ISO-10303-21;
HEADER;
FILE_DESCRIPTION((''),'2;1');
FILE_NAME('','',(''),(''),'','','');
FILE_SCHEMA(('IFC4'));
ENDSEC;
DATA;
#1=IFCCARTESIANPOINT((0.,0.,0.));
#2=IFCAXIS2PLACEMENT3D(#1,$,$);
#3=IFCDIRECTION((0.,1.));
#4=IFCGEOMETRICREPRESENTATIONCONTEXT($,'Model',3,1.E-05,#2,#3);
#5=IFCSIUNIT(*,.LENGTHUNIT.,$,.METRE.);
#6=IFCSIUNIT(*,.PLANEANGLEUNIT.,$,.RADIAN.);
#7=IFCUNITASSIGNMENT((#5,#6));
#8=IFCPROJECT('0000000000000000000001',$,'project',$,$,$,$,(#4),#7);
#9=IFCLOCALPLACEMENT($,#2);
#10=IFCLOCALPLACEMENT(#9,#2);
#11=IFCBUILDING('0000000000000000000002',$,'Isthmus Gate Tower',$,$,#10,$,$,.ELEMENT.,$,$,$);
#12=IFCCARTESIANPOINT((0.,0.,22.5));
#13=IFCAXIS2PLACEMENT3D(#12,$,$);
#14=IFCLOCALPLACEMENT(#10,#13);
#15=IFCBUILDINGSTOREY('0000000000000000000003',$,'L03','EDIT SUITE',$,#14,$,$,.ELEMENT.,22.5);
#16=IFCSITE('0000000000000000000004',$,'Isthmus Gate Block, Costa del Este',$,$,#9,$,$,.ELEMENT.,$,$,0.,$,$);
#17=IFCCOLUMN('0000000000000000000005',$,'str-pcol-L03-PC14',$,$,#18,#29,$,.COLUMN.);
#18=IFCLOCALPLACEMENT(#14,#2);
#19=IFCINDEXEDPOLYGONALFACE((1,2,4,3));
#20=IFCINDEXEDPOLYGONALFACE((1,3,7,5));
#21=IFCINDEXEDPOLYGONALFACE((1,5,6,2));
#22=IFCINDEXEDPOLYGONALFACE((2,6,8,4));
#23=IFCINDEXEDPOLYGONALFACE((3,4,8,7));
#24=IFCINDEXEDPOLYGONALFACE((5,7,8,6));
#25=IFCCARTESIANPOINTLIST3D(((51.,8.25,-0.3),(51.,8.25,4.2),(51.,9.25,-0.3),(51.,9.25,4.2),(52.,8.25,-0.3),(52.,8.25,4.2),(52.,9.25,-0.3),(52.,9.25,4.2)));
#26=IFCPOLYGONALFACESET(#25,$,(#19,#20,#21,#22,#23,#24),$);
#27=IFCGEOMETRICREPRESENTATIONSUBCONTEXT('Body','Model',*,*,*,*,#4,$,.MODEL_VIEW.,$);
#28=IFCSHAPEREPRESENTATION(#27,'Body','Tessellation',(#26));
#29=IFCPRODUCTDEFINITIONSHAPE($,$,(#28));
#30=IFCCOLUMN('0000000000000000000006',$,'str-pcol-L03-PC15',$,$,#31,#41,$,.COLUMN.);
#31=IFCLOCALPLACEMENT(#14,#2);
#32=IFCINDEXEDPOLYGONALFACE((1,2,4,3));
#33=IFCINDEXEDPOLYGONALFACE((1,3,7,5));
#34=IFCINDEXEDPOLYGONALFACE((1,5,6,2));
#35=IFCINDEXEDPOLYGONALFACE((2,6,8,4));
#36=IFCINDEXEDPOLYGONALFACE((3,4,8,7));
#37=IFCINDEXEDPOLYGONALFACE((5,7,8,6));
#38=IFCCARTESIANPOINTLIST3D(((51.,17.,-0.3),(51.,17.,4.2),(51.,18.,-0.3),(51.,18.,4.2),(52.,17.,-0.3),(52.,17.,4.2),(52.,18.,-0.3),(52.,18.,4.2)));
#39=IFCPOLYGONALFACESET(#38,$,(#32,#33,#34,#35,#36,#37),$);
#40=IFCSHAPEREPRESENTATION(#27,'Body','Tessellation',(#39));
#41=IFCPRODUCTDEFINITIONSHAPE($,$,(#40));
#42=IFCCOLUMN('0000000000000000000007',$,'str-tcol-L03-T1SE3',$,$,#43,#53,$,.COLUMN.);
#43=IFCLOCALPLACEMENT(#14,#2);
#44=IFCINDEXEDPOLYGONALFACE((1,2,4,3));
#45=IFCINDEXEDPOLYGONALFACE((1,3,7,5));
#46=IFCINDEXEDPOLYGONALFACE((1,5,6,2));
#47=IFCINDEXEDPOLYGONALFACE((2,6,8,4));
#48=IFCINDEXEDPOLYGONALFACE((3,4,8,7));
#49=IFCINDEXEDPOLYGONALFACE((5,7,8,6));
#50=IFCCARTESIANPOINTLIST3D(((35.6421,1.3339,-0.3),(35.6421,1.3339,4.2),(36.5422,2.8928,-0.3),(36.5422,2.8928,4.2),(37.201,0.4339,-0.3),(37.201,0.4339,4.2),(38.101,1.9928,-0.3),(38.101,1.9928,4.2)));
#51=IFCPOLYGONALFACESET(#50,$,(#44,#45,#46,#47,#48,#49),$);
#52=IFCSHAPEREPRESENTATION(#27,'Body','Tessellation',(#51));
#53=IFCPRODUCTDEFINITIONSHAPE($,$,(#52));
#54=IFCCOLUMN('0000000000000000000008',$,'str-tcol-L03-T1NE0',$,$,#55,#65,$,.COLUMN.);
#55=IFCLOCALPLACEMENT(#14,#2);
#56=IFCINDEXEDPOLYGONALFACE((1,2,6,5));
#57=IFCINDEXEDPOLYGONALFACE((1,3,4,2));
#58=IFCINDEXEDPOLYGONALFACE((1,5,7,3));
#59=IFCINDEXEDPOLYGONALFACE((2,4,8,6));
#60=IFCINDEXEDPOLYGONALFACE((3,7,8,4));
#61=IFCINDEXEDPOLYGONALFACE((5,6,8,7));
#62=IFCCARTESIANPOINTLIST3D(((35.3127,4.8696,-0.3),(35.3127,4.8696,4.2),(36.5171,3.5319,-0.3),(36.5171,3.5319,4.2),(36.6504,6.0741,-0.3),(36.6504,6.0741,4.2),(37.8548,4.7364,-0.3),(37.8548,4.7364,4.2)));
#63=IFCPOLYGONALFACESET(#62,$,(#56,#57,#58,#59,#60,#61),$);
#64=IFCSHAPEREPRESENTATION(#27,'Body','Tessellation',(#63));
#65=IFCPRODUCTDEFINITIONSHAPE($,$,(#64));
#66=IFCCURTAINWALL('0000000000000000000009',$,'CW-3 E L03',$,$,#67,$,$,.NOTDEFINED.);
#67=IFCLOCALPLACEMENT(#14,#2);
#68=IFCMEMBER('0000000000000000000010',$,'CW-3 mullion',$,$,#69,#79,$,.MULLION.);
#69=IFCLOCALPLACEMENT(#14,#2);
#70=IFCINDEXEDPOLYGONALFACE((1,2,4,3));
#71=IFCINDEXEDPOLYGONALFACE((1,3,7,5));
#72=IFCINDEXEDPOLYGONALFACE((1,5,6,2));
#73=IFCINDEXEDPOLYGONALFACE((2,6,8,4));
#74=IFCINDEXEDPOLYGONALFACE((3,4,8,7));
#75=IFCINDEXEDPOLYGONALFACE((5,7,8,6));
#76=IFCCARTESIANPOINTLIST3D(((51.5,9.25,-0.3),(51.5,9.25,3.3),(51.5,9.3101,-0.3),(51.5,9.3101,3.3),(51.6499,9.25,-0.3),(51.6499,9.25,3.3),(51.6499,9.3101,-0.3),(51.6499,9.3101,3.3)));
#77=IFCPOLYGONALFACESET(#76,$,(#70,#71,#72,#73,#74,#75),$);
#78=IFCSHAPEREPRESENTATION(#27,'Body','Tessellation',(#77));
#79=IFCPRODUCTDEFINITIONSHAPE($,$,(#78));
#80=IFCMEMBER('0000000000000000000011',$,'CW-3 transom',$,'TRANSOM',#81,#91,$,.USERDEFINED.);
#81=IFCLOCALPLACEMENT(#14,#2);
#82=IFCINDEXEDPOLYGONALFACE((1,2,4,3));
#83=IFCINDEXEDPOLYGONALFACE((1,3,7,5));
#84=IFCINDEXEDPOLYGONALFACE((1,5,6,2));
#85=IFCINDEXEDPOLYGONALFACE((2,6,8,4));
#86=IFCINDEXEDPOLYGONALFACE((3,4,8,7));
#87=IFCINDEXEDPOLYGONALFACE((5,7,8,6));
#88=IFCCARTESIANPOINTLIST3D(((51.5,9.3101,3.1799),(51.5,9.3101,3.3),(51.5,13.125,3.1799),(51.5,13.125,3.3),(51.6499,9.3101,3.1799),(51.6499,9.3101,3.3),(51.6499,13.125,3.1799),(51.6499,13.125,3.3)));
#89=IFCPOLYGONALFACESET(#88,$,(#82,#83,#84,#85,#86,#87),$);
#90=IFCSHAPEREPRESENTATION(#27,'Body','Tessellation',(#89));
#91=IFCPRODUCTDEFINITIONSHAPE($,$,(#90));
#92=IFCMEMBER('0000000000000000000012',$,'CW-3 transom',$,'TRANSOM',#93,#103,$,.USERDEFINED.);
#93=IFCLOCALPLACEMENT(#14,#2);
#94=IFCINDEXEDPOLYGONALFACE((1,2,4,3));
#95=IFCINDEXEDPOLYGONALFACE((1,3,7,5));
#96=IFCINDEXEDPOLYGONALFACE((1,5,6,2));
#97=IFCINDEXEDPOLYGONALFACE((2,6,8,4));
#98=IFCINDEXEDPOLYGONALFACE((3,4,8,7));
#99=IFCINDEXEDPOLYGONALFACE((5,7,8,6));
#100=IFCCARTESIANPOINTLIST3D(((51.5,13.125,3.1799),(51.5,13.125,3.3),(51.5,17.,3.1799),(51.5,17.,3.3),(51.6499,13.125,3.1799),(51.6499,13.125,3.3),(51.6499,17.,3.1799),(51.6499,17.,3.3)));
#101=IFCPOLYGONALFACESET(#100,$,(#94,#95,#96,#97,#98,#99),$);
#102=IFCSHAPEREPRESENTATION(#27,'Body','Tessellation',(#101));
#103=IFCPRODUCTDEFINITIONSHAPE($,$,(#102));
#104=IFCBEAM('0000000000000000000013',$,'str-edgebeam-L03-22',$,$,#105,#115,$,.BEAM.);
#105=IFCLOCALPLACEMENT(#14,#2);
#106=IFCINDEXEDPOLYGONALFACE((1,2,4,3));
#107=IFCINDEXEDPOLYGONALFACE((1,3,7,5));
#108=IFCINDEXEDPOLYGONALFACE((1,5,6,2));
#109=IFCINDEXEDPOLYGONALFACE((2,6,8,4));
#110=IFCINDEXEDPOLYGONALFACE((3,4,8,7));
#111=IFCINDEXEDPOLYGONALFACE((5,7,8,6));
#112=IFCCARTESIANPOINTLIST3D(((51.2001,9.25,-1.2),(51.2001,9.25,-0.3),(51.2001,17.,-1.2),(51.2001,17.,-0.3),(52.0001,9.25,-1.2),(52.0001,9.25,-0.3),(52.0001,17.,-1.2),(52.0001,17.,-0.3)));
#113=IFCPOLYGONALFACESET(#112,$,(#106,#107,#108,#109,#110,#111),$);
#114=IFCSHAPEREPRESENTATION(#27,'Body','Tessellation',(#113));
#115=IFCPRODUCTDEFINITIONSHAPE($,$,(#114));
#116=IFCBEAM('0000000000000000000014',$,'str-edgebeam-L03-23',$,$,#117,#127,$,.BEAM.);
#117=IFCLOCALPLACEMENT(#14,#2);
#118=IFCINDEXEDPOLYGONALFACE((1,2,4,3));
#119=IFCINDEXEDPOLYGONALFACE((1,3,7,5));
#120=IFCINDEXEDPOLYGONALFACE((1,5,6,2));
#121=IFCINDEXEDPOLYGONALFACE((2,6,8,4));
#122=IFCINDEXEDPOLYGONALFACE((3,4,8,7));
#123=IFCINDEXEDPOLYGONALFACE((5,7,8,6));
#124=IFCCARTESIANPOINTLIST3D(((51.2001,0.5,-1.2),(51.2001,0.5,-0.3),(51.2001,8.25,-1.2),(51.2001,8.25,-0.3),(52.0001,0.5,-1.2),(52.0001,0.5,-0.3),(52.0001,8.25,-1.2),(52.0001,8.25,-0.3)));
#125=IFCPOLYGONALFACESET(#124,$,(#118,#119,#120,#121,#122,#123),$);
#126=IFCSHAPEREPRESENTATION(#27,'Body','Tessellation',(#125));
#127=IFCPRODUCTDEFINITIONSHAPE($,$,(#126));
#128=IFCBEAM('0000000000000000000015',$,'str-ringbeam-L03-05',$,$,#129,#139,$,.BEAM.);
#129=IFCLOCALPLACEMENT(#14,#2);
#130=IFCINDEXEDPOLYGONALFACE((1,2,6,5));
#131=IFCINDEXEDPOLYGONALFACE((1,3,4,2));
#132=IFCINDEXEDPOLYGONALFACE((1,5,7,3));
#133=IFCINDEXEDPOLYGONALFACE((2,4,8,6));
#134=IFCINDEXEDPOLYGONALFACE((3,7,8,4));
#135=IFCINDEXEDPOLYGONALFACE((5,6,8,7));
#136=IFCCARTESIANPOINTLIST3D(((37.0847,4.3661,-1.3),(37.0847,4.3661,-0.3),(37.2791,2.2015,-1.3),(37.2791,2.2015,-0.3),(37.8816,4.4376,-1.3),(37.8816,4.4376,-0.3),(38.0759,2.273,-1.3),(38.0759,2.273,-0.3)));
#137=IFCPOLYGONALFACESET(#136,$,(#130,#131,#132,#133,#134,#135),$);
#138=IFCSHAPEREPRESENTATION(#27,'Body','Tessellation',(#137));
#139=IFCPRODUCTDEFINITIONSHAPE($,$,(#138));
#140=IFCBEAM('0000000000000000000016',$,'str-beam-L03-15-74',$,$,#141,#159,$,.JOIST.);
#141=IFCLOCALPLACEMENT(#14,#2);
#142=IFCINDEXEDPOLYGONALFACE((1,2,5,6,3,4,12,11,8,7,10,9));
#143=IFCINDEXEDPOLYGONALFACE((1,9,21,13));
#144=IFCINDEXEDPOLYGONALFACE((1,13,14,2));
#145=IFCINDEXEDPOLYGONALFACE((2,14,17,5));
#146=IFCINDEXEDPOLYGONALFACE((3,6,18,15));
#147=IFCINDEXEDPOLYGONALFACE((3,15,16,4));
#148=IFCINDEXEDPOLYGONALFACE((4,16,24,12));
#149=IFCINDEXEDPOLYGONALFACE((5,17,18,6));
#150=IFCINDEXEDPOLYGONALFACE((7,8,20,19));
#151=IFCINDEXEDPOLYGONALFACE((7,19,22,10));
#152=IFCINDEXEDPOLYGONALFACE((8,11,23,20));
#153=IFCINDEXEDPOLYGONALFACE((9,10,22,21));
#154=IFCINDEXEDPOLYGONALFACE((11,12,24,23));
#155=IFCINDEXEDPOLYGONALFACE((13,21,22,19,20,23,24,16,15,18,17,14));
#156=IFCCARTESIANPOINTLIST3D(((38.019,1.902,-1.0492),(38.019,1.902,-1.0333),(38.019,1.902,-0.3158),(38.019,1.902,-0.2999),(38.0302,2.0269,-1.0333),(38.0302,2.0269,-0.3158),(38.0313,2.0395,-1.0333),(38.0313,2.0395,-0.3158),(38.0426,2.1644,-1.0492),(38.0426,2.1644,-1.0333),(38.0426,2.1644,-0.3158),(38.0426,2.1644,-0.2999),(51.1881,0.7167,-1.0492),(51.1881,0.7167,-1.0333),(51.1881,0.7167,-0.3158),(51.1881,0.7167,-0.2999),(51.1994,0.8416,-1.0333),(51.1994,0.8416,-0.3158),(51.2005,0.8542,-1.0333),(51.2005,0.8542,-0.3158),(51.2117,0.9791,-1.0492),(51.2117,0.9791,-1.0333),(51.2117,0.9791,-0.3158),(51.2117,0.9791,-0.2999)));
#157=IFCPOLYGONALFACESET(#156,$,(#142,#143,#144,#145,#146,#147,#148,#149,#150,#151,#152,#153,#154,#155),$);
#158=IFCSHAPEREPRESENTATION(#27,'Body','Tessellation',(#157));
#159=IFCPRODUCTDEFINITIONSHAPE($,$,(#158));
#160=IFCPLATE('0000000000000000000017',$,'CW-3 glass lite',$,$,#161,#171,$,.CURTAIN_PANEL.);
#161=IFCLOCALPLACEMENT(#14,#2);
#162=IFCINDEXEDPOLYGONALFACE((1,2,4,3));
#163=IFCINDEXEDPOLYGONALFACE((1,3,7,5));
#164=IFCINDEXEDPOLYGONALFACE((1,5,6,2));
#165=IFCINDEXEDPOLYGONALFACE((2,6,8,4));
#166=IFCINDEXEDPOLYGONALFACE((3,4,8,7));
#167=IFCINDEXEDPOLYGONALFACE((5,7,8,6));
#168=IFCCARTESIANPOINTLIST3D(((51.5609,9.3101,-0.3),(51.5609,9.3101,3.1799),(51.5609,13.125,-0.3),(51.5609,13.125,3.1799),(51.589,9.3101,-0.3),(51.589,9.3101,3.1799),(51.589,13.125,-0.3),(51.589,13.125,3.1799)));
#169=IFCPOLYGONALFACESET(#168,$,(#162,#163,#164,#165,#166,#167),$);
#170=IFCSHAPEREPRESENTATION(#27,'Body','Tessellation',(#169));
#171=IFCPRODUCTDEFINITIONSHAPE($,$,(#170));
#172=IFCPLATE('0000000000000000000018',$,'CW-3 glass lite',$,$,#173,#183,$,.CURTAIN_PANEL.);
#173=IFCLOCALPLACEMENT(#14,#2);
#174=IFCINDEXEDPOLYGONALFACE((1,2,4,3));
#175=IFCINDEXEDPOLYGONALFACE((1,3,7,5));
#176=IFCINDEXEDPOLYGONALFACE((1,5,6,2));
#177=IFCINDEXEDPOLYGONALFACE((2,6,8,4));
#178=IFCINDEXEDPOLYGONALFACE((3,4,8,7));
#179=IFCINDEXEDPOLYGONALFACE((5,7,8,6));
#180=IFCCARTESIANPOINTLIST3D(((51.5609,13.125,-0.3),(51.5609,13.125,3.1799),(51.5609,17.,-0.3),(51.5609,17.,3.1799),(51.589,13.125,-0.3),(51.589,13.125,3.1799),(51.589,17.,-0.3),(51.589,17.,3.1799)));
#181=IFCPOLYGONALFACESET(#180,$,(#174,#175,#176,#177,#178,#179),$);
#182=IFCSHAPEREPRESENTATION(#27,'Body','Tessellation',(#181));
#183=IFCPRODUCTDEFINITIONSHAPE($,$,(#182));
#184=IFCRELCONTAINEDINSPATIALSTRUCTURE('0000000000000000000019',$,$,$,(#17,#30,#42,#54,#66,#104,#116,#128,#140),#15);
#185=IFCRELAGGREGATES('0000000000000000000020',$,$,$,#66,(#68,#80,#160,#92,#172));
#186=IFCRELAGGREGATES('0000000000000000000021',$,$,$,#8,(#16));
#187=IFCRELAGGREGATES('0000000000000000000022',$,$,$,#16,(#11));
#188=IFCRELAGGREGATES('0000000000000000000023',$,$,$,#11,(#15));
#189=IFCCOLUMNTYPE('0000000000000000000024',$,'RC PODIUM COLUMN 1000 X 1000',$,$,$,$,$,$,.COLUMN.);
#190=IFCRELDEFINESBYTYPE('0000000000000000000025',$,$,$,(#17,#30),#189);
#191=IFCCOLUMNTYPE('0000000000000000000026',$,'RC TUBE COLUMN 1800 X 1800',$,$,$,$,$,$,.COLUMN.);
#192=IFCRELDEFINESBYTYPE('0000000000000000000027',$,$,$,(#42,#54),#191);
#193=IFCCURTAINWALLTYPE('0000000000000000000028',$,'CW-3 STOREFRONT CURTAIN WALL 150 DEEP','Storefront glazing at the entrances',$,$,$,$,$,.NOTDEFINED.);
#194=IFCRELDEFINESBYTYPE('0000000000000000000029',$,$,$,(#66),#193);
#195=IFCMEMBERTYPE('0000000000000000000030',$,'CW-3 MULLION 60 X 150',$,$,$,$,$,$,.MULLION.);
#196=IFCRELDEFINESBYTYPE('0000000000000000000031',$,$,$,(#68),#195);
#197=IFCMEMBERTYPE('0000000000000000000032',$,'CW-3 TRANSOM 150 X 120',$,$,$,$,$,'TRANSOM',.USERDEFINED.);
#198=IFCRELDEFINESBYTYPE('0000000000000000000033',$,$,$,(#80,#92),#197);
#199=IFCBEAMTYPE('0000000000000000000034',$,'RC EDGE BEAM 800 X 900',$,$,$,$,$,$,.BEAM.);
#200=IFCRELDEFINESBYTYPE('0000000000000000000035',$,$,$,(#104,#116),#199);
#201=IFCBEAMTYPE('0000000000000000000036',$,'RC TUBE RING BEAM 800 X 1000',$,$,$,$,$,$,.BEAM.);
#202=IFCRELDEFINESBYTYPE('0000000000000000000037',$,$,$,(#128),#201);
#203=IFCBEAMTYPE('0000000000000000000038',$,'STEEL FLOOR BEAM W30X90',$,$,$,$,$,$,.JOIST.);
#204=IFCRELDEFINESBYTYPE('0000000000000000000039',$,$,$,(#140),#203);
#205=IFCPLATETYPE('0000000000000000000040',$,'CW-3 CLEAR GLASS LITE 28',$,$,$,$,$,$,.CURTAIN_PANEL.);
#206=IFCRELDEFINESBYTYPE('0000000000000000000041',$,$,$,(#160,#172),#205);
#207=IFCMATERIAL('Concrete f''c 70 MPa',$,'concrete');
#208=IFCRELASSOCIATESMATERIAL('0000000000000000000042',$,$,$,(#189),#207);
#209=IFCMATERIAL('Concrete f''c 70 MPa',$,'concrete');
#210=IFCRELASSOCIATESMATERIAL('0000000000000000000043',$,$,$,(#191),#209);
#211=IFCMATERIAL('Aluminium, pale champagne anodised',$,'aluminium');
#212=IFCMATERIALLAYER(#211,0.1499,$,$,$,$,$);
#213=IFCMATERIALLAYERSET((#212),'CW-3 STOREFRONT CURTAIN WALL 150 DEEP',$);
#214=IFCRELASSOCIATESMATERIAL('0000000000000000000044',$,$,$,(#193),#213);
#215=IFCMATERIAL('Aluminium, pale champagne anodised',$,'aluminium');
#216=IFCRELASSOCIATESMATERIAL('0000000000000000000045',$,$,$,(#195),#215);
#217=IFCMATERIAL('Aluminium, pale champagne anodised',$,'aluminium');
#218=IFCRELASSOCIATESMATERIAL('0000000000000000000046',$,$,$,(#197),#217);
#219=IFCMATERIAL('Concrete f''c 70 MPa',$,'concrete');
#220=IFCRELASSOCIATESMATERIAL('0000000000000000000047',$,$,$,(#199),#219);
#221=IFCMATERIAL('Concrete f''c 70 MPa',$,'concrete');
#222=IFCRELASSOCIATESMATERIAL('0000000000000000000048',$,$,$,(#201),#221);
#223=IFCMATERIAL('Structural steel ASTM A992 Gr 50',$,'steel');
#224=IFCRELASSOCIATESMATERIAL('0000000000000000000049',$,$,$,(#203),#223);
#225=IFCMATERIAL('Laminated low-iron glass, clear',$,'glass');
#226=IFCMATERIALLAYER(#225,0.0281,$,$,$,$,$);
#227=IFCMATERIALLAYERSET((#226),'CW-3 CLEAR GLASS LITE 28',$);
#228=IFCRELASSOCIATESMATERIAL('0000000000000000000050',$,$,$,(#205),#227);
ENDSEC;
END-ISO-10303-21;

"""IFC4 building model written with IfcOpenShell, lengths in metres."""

from ifc_helpers import new_model, si_unit, direction, frame, origin, origin_2d, place, context, subcontext, project, spatial, rectangle, i_section, extrude, material, layer, layer_set, material_profile, profile_set, type_object, element, aggregate, save


model = new_model("IFC4")

# Units and contexts
model_context = context("Model", 3, precision=1e-05, world=origin(), true_north=direction((0.0, 1.0)))
body_context = subcontext(model_context, "Body", "Model", "MODEL_VIEW")
ifc_project = project(units=[si_unit("LENGTHUNIT", "METRE"), si_unit("PLANEANGLEUNIT", "RADIAN")], contexts=[model_context])

# Site, building, storey
site_placement = place(None, origin())
site = spatial("IfcSite", under=ifc_project, at=site_placement, Name="Isthmus Gate Block, Costa del Este", CompositionType="ELEMENT", RefElevation=0.0)
building_placement = place(site_placement, origin())
building = spatial("IfcBuilding", under=site, at=building_placement, Name="Isthmus Gate Tower", CompositionType="ELEMENT")
storey_placement = place(building_placement, frame((0.0, 0.0, 22.5)))
storey = spatial("IfcBuildingStorey", under=building, at=storey_placement, Name="L03", Description="EDIT SUITE", CompositionType="ELEMENT", Elevation=22.5)

# Columns
ifc_material_1 = material(Name="Concrete f'c 70 MPa", Category="concrete")
ifc_material_profile_1 = material_profile(ifc_material_1, rectangle(XDim=1.0, YDim=1.0, at=origin_2d()), Name="RC 1000X1000")
ifc_profile_set_1 = profile_set([ifc_material_profile_1], Name="Concrete f'c 70 MPa")
column_type_1 = type_object("IfcColumnType", Name="RC PODIUM COLUMN 1000 X 1000", PredefinedType="COLUMN", material=ifc_profile_set_1)
for number, where, z_axis, x_axis, name in (
    (1, (51.5, 8.75, -0.3), (0.0, 0.0, 1.0), (0.0, 1.0, 0.0), "str-pcol-L03-PC14"),
    (2, (51.5, 17.5, -0.3), (0.0, 0.0, 1.0), (0.0, 1.0, 0.0), "str-pcol-L03-PC15"),
):
    element("IfcColumn", number, at=place(storey_placement, frame(where, z_axis=z_axis, x_axis=x_axis)), inside=storey, type_object=column_type_1, Name=name, PredefinedType="COLUMN", context=body_context, shape_type="SweptSolid", body=[
        extrude(rectangle(XDim=1.0, YDim=1.0, at=origin_2d()), origin(), (0.0, 0.0, 1.0), 4.5),
    ])
ifc_material_2 = material(Name="Concrete f'c 70 MPa", Category="concrete")
ifc_material_profile_2 = material_profile(ifc_material_2, rectangle(XDim=1.8, YDim=1.8, at=origin_2d()), Name="RC 1800X1800")
ifc_profile_set_2 = profile_set([ifc_material_profile_2], Name="Concrete f'c 70 MPa")
column_type_2 = type_object("IfcColumnType", Name="RC TUBE COLUMN 1800 X 1800", PredefinedType="COLUMN", material=ifc_profile_set_2)
for number, where, z_axis, x_axis, name in (
    (3, (36.8716, 1.6633, -0.3), (0.0, 0.0, 1.0), (0.5, 0.866025, 0.0), "str-tcol-L03-T1SE3"),
    (4, (36.5837, 4.803, -0.3), (0.0, 0.0, 1.0), (-0.669131, 0.743145, 0.0), "str-tcol-L03-T1NE0"),
):
    element("IfcColumn", number, at=place(storey_placement, frame(where, z_axis=z_axis, x_axis=x_axis)), inside=storey, type_object=column_type_2, Name=name, PredefinedType="COLUMN", context=body_context, shape_type="SweptSolid", body=[
        extrude(rectangle(XDim=1.8, YDim=1.8, at=origin_2d()), origin(), (0.0, 0.0, 1.0), 4.5),
    ])

# Curtain wall, members
ifc_material_3 = material(Name="Aluminium, pale champagne anodised", Category="aluminium")
ifc_layer_1 = layer(ifc_material_3, 0.1499)
ifc_layer_set_1 = layer_set([ifc_layer_1], Name="CW-3 STOREFRONT CURTAIN WALL 150 DEEP")
curtain_wall_type = type_object("IfcCurtainWallType", Name="CW-3 STOREFRONT CURTAIN WALL 150 DEEP", Description="Storefront glazing at the entrances", PredefinedType="NOTDEFINED", material=ifc_layer_set_1)
curtain_wall_placement = place(storey_placement, origin())
curtain_wall = element("IfcCurtainWall", 5, at=curtain_wall_placement, inside=storey, type_object=curtain_wall_type, Name="CW-3 E L03", PredefinedType="NOTDEFINED")
ifc_material_4 = material(Name="Aluminium, pale champagne anodised", Category="aluminium")
ifc_material_profile_3 = material_profile(ifc_material_4, rectangle(XDim=0.0601, YDim=0.1499, at=origin_2d()), Name="60x150")
ifc_profile_set_3 = profile_set([ifc_material_profile_3], Name="Aluminium, pale champagne anodised")
member_type_1 = type_object("IfcMemberType", Name="CW-3 MULLION 60 X 150", PredefinedType="MULLION", material=ifc_profile_set_3)
member_1_placement = place(storey_placement, frame((51.575, 9.28, -0.3), z_axis=(0.0, 0.0, 1.0), x_axis=(0.0, 1.0, 0.0)))
member_1 = element("IfcMember", 6, at=member_1_placement, type_object=member_type_1, Name="CW-3 mullion", PredefinedType="MULLION", context=body_context, shape_type="SweptSolid", body=[
    extrude(rectangle(XDim=0.0601, YDim=0.1499, at=origin_2d()), origin(), (0.0, 0.0, 1.0), 3.6001),
])
ifc_material_5 = material(Name="Aluminium, pale champagne anodised", Category="aluminium")
ifc_material_profile_4 = material_profile(ifc_material_5, rectangle(XDim=0.1499, YDim=0.1201, at=origin_2d()), Name="150x120")
ifc_profile_set_4 = profile_set([ifc_material_profile_4], Name="Aluminium, pale champagne anodised")
member_type_2 = type_object("IfcMemberType", Name="CW-3 TRANSOM 150 X 120", ElementType="TRANSOM", PredefinedType="USERDEFINED", material=ifc_profile_set_4)
member_2_placement = place(storey_placement, frame((51.575, 9.3101, 3.24), z_axis=(0.0, 1.0, 0.0), x_axis=(-1.0, 0.0, 0.0)))
member_2 = element("IfcMember", 7, at=member_2_placement, type_object=member_type_2, Name="CW-3 transom", ObjectType="TRANSOM", PredefinedType="USERDEFINED", context=body_context, shape_type="SweptSolid", body=[
    extrude(rectangle(XDim=0.1499, YDim=0.1201, at=origin_2d()), origin(), (0.0, 0.0, 1.0), 3.8149),
])
member_3_placement = place(storey_placement, frame((51.575, 13.125, 3.24), z_axis=(0.0, 1.0, 0.0), x_axis=(-1.0, 0.0, 0.0)))
member_3 = element("IfcMember", 8, at=member_3_placement, type_object=member_type_2, Name="CW-3 transom", ObjectType="TRANSOM", PredefinedType="USERDEFINED", context=body_context, shape_type="SweptSolid", body=[
    extrude(rectangle(XDim=0.1499, YDim=0.1201, at=origin_2d()), origin(), (0.0, 0.0, 1.0), 3.875),
])

# Beams
ifc_material_6 = material(Name="Concrete f'c 70 MPa", Category="concrete")
ifc_material_profile_5 = material_profile(ifc_material_6, rectangle(XDim=0.8, YDim=0.8999, at=origin_2d()), Name="RC 800X900")
ifc_profile_set_5 = profile_set([ifc_material_profile_5], Name="Concrete f'c 70 MPa")
beam_type_1 = type_object("IfcBeamType", Name="RC EDGE BEAM 800 X 900", PredefinedType="BEAM", material=ifc_profile_set_5)
for number, where, z_axis, x_axis, name in (
    (9, (51.6001, 17.0, -0.75), (0.0, -1.0, 0.0), (1.0, 0.0, 0.0), "str-edgebeam-L03-22"),
    (10, (51.6001, 8.25, -0.75), (0.0, -1.0, 0.0), (1.0, 0.0, 0.0), "str-edgebeam-L03-23"),
):
    element("IfcBeam", number, at=place(storey_placement, frame(where, z_axis=z_axis, x_axis=x_axis)), inside=storey, type_object=beam_type_1, Name=name, PredefinedType="BEAM", context=body_context, shape_type="SweptSolid", body=[
        extrude(rectangle(XDim=0.8, YDim=0.8999, at=origin_2d()), origin(), (0.0, 0.0, 1.0), 7.75),
    ])
ifc_material_7 = material(Name="Concrete f'c 70 MPa", Category="concrete")
ifc_material_profile_6 = material_profile(ifc_material_7, rectangle(XDim=0.8, YDim=1.0, at=origin_2d()), Name="RC 800X1000")
ifc_profile_set_6 = profile_set([ifc_material_profile_6], Name="Concrete f'c 70 MPa")
beam_type_2 = type_object("IfcBeamType", Name="RC TUBE RING BEAM 800 X 1000", PredefinedType="BEAM", material=ifc_profile_set_6)
beam_1_placement = place(storey_placement, frame((37.4832, 4.4019, -0.8), z_axis=(0.089422, -0.995994, 0.0), x_axis=(0.995994, 0.089422, 0.0)))
element("IfcBeam", 11, at=beam_1_placement, inside=storey, type_object=beam_type_2, Name="str-ringbeam-L03-05", PredefinedType="BEAM", context=body_context, shape_type="SweptSolid", body=[
    extrude(rectangle(XDim=0.8, YDim=1.0, at=origin_2d()), origin(), (0.0, 0.0, 1.0), 2.1733),
])
ifc_material_8 = material(Name="Structural steel ASTM A992 Gr 50", Category="steel")
ifc_material_profile_7 = material_profile(ifc_material_8, i_section(OverallWidth=0.2634, OverallDepth=0.7493, WebThickness=0.0127, FlangeThickness=0.0159, at=origin_2d()), Name="W30X90")
ifc_profile_set_7 = profile_set([ifc_material_profile_7], Name="Structural steel ASTM A992 Gr 50")
beam_type_3 = type_object("IfcBeamType", Name="STEEL FLOOR BEAM W30X90", PredefinedType="JOIST", material=ifc_profile_set_7)
beam_2_placement = place(storey_placement, frame((38.0308, 2.0332, -0.6746), z_axis=(0.995974, -0.089643, 0.0), x_axis=(0.089643, 0.995974, 0.0)))
element("IfcBeam", 12, at=beam_2_placement, inside=storey, type_object=beam_type_3, Name="str-beam-L03-15-74", PredefinedType="JOIST", context=body_context, shape_type="SweptSolid", body=[
    extrude(i_section(OverallWidth=0.2634, OverallDepth=0.7493, WebThickness=0.0127, FlangeThickness=0.0159, at=origin_2d()), origin(), (0.0, 0.0, 1.0), 13.2224),
])

# Plates
ifc_material_9 = material(Name="Laminated low-iron glass, clear", Category="glass")
ifc_layer_2 = layer(ifc_material_9, 0.0281)
ifc_layer_set_2 = layer_set([ifc_layer_2], Name="CW-3 CLEAR GLASS LITE 28")
plate_type = type_object("IfcPlateType", Name="CW-3 CLEAR GLASS LITE 28", PredefinedType="CURTAIN_PANEL", material=ifc_layer_set_2)
plate_1_placement = place(storey_placement, frame((51.575, 11.2175, -0.3), z_axis=(0.0, 0.0, 1.0), x_axis=(0.0, 1.0, 0.0)))
plate_1 = element("IfcPlate", 13, at=plate_1_placement, type_object=plate_type, Name="CW-3 glass lite", PredefinedType="CURTAIN_PANEL", context=body_context, shape_type="SweptSolid", body=[
    extrude(rectangle(XDim=3.8149, YDim=0.0281, at=origin_2d()), origin(), (0.0, 0.0, 1.0), 3.48),
])
plate_2_placement = place(storey_placement, frame((51.575, 15.0625, -0.3), z_axis=(0.0, 0.0, 1.0), x_axis=(0.0, 1.0, 0.0)))
plate_2 = element("IfcPlate", 14, at=plate_2_placement, type_object=plate_type, Name="CW-3 glass lite", PredefinedType="CURTAIN_PANEL", context=body_context, shape_type="SweptSolid", body=[
    extrude(rectangle(XDim=3.875, YDim=0.0281, at=origin_2d()), origin(), (0.0, 0.0, 1.0), 3.48),
])
aggregate(curtain_wall, [member_1, member_2, plate_1, member_3, plate_2])

save(model, "model.ifc")
